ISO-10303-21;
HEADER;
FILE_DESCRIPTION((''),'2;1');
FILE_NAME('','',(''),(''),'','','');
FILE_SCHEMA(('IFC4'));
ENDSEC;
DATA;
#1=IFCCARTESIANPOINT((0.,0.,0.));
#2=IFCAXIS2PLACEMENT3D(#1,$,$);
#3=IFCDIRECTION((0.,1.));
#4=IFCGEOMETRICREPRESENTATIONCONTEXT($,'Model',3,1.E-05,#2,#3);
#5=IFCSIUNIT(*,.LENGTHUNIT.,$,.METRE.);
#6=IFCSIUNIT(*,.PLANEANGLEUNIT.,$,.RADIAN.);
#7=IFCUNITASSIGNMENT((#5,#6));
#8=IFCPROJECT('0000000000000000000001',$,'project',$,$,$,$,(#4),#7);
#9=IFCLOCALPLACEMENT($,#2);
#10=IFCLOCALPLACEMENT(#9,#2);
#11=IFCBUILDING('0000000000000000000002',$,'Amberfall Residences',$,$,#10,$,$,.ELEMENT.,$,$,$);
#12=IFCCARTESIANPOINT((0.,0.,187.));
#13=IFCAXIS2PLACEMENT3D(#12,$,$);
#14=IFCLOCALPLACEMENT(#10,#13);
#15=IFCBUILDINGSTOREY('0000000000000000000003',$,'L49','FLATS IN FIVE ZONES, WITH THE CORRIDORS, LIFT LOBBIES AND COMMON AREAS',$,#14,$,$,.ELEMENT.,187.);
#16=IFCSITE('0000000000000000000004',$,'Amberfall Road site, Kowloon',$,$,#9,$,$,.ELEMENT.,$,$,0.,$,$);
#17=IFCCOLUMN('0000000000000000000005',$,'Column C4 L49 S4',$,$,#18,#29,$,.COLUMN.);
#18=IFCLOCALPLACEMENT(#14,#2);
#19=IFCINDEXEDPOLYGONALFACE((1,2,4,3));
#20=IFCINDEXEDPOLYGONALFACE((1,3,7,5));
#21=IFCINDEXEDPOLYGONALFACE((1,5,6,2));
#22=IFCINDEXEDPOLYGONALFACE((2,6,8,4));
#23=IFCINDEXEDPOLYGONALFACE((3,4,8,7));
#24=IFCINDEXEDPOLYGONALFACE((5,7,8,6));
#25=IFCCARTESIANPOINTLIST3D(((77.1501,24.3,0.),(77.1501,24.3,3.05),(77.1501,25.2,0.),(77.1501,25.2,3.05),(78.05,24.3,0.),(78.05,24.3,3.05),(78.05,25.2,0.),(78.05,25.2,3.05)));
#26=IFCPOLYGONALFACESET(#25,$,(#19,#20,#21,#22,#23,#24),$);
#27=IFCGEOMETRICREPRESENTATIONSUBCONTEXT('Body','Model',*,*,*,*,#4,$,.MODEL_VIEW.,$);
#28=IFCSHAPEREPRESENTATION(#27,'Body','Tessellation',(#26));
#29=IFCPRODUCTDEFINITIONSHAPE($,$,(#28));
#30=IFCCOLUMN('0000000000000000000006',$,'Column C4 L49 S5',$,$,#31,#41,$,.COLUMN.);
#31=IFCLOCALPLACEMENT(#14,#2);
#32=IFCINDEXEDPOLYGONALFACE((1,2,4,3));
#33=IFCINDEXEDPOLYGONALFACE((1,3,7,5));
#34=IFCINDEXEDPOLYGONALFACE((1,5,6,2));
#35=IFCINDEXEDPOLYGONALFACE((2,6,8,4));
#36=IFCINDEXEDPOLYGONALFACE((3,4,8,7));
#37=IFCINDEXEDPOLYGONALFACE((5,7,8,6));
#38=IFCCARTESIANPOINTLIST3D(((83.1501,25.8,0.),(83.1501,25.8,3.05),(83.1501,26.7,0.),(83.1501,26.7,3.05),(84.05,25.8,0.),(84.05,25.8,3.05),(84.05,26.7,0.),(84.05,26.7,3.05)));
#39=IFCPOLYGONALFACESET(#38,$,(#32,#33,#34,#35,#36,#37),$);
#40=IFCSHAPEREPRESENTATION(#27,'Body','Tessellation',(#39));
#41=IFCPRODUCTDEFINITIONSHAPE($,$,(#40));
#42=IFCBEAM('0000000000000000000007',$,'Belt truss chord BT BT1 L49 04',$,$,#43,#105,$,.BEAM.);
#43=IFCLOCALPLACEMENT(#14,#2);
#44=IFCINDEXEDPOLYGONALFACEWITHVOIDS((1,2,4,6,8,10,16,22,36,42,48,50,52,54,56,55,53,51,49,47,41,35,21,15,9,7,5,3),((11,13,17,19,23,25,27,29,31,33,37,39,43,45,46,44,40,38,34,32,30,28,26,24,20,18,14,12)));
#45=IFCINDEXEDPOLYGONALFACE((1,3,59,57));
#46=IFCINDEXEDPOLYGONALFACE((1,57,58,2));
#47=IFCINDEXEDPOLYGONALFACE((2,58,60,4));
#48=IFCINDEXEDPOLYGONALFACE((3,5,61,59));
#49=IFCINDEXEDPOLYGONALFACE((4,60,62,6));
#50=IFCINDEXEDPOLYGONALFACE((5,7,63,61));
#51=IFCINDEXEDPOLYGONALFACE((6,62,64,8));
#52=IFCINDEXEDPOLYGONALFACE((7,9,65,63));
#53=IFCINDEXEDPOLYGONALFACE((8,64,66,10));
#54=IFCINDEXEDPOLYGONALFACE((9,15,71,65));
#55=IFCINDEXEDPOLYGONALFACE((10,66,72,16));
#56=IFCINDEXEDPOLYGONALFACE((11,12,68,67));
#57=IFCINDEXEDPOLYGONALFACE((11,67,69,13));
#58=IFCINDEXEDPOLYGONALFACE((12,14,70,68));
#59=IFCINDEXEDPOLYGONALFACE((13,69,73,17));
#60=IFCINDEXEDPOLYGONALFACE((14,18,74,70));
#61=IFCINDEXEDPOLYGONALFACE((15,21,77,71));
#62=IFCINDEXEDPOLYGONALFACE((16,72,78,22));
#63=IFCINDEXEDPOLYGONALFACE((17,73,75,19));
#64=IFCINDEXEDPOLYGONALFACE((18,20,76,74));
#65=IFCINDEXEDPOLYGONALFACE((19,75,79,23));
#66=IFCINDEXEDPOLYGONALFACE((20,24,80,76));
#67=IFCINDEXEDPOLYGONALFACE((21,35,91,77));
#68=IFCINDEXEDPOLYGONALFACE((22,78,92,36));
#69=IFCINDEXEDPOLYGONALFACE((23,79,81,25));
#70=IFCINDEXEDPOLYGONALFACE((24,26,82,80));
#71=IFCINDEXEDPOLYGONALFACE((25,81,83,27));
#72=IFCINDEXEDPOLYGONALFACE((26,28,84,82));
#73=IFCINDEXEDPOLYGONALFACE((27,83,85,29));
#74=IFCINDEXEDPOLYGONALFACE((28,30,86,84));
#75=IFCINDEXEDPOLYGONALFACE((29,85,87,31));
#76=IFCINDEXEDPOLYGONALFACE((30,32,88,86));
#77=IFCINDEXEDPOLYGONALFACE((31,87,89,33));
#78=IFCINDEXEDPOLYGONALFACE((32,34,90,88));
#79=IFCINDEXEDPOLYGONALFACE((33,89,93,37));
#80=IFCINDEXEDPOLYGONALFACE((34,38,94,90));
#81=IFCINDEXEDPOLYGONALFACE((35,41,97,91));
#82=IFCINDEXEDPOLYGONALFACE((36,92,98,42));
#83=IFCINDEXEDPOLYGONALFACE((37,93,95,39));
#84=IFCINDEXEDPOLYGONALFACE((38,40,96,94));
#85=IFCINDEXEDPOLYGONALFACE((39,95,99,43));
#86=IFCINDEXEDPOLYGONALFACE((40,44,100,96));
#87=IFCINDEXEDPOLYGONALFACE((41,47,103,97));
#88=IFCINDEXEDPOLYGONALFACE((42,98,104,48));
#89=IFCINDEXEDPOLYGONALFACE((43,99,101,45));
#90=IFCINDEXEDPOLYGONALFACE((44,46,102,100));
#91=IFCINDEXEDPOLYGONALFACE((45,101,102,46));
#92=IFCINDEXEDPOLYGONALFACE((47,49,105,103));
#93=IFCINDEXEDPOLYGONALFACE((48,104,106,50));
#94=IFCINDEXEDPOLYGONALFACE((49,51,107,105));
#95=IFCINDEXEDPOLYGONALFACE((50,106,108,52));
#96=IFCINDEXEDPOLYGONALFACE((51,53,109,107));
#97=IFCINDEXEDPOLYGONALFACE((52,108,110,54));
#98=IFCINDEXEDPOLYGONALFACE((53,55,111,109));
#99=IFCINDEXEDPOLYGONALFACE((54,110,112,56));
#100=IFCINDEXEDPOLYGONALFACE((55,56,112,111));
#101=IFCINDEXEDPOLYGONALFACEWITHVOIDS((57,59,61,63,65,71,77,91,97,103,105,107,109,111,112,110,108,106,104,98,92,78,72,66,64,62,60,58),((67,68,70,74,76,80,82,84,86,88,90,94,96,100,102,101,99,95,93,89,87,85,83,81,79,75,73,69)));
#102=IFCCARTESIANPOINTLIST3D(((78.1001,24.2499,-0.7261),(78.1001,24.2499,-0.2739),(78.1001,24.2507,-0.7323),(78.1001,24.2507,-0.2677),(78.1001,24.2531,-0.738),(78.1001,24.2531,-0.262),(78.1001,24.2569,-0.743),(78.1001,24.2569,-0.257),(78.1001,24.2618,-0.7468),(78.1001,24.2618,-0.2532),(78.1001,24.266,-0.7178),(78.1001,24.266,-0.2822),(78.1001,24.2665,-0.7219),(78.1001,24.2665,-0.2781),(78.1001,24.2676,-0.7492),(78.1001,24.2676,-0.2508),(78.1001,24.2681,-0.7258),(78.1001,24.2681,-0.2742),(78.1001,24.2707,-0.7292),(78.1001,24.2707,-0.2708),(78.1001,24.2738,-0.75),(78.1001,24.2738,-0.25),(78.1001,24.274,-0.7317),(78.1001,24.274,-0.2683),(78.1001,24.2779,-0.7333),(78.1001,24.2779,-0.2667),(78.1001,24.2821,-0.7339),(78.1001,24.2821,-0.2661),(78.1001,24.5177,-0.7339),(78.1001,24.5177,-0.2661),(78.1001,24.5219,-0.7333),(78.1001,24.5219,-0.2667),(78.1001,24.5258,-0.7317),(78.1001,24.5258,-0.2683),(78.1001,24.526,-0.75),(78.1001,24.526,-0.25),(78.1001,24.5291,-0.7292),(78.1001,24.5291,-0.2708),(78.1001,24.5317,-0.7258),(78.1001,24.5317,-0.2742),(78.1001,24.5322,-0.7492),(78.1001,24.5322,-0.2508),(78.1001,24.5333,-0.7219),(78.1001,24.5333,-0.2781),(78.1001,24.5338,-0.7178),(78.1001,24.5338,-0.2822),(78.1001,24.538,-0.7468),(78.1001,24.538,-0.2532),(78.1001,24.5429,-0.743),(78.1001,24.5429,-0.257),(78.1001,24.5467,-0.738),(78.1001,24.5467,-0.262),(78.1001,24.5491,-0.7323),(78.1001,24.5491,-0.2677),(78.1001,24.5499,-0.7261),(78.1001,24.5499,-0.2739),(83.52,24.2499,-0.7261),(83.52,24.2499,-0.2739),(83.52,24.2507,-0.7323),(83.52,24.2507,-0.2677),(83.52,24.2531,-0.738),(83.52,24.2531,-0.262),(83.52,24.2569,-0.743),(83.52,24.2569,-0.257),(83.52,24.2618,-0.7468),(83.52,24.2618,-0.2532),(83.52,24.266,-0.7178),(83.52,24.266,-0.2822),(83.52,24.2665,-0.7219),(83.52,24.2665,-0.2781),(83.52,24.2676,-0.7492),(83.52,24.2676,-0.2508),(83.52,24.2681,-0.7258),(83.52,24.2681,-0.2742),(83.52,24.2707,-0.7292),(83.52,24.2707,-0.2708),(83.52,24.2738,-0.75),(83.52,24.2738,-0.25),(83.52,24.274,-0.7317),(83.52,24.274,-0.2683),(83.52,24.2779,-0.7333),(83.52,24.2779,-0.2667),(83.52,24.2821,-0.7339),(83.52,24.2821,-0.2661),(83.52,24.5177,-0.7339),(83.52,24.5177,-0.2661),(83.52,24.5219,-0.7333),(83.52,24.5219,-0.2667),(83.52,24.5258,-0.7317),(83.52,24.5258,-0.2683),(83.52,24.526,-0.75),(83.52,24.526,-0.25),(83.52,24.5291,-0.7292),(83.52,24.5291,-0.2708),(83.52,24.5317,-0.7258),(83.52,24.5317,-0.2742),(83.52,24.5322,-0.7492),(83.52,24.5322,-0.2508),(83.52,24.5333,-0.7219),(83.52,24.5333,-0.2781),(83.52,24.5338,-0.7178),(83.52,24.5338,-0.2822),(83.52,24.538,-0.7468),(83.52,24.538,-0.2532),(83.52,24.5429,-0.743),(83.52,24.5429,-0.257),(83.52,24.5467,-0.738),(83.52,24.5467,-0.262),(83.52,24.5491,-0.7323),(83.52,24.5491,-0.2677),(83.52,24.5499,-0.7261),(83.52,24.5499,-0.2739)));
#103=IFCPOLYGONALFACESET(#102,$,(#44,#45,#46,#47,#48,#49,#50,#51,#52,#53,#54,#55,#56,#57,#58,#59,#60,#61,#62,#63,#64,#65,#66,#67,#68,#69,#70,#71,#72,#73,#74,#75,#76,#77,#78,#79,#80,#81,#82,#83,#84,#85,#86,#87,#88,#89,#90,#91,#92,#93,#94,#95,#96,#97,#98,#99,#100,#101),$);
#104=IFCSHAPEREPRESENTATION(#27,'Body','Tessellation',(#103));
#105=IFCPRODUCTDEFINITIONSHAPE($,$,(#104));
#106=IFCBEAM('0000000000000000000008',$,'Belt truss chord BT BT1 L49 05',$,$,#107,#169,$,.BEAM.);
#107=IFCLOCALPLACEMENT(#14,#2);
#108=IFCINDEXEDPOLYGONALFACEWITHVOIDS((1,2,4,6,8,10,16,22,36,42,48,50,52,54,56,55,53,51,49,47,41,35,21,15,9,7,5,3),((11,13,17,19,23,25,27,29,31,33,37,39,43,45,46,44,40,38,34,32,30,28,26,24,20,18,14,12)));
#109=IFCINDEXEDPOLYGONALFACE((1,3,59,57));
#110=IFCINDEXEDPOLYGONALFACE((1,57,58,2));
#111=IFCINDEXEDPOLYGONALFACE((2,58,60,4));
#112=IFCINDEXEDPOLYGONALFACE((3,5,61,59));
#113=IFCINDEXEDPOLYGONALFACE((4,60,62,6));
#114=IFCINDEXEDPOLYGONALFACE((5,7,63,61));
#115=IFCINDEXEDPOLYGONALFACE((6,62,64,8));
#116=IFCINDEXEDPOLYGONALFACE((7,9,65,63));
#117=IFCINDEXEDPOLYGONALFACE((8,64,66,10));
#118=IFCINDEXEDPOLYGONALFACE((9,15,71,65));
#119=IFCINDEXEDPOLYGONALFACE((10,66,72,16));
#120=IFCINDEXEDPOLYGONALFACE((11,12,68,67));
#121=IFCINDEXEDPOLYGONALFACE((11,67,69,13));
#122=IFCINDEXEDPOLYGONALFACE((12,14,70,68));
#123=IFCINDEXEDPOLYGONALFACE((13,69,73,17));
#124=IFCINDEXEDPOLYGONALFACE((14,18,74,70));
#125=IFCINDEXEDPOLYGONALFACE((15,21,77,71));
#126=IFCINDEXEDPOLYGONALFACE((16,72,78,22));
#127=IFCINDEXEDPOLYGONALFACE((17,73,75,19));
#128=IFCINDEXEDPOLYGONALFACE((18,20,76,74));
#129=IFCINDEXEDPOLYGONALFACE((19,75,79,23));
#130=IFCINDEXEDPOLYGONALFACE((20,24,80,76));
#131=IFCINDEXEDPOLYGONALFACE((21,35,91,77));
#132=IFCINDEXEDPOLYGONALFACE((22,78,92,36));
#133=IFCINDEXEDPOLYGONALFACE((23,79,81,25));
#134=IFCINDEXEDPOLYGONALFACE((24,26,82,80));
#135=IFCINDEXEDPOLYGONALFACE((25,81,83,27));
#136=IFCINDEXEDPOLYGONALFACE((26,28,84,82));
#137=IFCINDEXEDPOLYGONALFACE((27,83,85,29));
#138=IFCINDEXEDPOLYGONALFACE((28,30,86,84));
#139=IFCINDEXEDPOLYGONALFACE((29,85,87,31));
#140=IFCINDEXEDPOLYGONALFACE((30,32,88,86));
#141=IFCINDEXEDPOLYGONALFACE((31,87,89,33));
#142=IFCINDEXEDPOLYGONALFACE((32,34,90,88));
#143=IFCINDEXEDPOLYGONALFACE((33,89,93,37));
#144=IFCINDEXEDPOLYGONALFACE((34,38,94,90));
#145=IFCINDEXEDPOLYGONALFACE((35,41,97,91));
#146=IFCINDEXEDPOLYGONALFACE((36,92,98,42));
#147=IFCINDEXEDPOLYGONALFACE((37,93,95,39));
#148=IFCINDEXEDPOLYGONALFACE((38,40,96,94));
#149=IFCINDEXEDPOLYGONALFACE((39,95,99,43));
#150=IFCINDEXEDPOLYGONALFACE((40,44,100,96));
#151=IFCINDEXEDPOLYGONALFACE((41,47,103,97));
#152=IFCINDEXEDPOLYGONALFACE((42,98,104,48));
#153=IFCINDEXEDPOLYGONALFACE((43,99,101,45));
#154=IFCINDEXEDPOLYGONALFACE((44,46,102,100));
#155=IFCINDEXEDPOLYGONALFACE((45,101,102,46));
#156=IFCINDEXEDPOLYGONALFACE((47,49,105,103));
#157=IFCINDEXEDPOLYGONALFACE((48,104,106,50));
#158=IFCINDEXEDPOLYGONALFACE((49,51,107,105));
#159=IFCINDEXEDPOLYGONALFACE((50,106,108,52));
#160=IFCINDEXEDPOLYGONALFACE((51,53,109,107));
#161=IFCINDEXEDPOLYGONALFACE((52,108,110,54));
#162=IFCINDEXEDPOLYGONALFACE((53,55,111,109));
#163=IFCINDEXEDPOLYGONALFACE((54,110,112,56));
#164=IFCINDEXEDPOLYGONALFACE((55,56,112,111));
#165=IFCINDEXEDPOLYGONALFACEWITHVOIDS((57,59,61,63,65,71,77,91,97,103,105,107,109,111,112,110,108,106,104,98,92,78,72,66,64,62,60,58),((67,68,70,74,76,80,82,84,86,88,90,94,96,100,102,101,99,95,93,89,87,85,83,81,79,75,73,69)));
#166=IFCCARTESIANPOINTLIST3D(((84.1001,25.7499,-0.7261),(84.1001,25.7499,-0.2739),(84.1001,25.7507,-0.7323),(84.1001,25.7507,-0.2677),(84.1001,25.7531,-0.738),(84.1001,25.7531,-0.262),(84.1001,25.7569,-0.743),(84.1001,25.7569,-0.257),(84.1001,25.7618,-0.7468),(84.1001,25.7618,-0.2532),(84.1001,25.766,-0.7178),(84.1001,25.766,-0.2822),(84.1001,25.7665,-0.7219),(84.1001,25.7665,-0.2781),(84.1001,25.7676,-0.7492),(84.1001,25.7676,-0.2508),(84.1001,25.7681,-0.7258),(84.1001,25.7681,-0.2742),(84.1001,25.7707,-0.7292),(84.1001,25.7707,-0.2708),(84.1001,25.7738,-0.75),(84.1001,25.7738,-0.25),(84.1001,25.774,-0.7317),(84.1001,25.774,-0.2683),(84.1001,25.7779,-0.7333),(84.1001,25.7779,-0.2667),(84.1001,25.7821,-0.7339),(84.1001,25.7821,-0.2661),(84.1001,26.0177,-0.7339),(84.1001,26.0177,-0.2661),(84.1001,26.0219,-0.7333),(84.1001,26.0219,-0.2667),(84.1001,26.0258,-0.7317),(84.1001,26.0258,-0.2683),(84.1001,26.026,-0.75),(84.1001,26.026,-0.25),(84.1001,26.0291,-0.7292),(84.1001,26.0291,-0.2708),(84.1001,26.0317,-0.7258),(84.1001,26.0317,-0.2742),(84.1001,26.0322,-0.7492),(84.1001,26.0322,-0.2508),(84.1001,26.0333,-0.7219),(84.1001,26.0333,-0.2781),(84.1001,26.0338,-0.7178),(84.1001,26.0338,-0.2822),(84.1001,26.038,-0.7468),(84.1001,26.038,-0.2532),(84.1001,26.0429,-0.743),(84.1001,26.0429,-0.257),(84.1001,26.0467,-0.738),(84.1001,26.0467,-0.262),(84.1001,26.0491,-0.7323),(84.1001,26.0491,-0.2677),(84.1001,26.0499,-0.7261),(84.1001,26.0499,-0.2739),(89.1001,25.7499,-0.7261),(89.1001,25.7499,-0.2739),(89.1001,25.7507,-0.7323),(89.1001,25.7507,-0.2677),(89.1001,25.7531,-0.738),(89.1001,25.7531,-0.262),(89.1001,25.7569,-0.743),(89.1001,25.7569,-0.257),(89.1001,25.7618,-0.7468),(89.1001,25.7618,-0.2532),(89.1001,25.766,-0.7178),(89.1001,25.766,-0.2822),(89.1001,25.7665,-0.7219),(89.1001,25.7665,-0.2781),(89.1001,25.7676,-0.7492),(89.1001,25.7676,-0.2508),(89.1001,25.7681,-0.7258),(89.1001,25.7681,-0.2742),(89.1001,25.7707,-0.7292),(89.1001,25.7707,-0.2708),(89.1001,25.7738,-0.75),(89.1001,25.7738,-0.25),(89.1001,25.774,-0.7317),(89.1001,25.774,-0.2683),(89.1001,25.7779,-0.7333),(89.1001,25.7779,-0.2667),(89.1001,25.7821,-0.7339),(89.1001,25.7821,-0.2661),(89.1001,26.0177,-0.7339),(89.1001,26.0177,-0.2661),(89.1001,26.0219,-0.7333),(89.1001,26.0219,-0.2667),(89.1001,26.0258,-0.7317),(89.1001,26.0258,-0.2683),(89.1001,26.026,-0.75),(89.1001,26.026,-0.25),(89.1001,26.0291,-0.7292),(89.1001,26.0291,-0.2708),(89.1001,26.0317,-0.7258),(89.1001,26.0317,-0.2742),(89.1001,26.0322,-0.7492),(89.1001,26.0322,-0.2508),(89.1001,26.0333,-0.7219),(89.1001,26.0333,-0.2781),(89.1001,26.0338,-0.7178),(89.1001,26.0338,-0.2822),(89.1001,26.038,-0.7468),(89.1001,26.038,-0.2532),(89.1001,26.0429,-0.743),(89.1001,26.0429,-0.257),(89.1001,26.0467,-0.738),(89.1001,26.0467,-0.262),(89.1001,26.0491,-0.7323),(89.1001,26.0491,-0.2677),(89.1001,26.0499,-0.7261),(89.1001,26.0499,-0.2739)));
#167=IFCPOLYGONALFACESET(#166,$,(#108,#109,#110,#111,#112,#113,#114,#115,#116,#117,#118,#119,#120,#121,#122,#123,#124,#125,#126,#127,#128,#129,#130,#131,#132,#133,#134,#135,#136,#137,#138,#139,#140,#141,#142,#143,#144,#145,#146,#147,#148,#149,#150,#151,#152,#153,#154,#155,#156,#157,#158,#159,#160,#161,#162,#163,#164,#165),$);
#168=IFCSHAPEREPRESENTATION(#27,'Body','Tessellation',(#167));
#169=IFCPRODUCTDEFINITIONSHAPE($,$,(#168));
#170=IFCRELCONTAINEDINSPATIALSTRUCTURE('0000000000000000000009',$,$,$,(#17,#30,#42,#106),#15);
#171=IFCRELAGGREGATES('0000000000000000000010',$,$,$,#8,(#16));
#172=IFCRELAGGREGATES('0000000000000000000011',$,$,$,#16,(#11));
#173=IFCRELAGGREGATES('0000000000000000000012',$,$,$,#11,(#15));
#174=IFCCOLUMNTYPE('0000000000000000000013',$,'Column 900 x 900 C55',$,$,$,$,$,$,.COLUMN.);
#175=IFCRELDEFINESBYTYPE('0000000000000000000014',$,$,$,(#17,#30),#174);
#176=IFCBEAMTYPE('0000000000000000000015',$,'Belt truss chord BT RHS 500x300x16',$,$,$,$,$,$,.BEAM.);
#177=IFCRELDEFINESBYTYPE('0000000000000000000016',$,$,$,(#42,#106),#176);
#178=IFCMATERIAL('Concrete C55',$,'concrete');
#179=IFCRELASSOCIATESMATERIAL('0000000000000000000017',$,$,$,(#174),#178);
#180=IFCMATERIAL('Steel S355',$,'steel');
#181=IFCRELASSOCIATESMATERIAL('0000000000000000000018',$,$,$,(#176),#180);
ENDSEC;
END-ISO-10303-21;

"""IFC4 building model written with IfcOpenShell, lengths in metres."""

from ifc_helpers import new_model, si_unit, direction, frame, origin, origin_2d, place, context, subcontext, project, spatial, rectangle, hollow_rectangle, extrude, material, material_profile, profile_set, type_object, element, save


model = new_model("IFC4")

# Units and contexts
model_context = context("Model", 3, precision=1e-05, world=origin(), true_north=direction((0.0, 1.0)))
body_context = subcontext(model_context, "Body", "Model", "MODEL_VIEW")
ifc_project = project(units=[si_unit("LENGTHUNIT", "METRE"), si_unit("PLANEANGLEUNIT", "RADIAN")], contexts=[model_context])

# Site, building, storey
site_placement = place(None, origin())
site = spatial("IfcSite", under=ifc_project, at=site_placement, Name="Amberfall Road site, Kowloon", CompositionType="ELEMENT", RefElevation=0.0)
building_placement = place(site_placement, origin())
building = spatial("IfcBuilding", under=site, at=building_placement, Name="Amberfall Residences", CompositionType="ELEMENT")
storey_placement = place(building_placement, frame((0.0, 0.0, 187.0)))
storey = spatial("IfcBuildingStorey", under=building, at=storey_placement, Name="L49", Description="FLATS IN FIVE ZONES, WITH THE CORRIDORS, LIFT LOBBIES AND COMMON AREAS", CompositionType="ELEMENT", Elevation=187.0)

# Columns
ifc_material_1 = material(Name="Concrete C55", Category="concrete")
ifc_material_profile_1 = material_profile(ifc_material_1, rectangle(XDim=0.8999, YDim=0.8999, at=origin_2d()), Name="Column 900 x 900 C55")
ifc_profile_set_1 = profile_set([ifc_material_profile_1], Name="Concrete C55")
column_type = type_object("IfcColumnType", Name="Column 900 x 900 C55", PredefinedType="COLUMN", material=ifc_profile_set_1)
for number, where, z_axis, x_axis, name in (
    (1, (77.6001, 24.75, 0.0), (0.0, 0.0, 1.0), (1.0, 0.0, 0.0), "Column C4 L49 S4"),
    (2, (83.6001, 26.25, 0.0), (0.0, 0.0, 1.0), (1.0, 0.0, 0.0), "Column C4 L49 S5"),
):
    element("IfcColumn", number, at=place(storey_placement, frame(where, z_axis=z_axis, x_axis=x_axis)), inside=storey, type_object=column_type, Name=name, PredefinedType="COLUMN", context=body_context, shape_type="SweptSolid", body=[
        extrude(rectangle(XDim=0.8999, YDim=0.8999, at=origin_2d()), origin(), (0.0, 0.0, 1.0), 3.05),
    ])

# Beams
ifc_material_2 = material(Name="Steel S355", Category="steel")
ifc_material_profile_2 = material_profile(ifc_material_2, hollow_rectangle(XDim=0.3, YDim=0.5, WallThickness=0.0161, InnerFilletRadius=0.0161, OuterFilletRadius=0.0239, at=origin_2d()), Name="RHS 500x300x16")
ifc_profile_set_2 = profile_set([ifc_material_profile_2], Name="Steel S355")
beam_type_1 = type_object("IfcBeamType", Name="Belt truss chord BT RHS 500x300x16", PredefinedType="BEAM", material=ifc_profile_set_2)
beam_1_placement = place(storey_placement, frame((78.1001, 24.3999, -0.5), z_axis=(1.0, 0.0, 0.0), x_axis=(0.0, 1.0, 0.0)))
element("IfcBeam", 3, at=beam_1_placement, inside=storey, type_object=beam_type_1, Name="Belt truss chord BT BT1 L49 04", PredefinedType="BEAM", context=body_context, shape_type="SweptSolid", body=[
    extrude(hollow_rectangle(XDim=0.3, YDim=0.5, WallThickness=0.0161, InnerFilletRadius=0.0161, OuterFilletRadius=0.0239, at=origin_2d()), origin(), (0.0, 0.0, 1.0), 5.4199),
])
beam_2_placement = place(storey_placement, frame((84.1001, 25.8999, -0.5), z_axis=(1.0, 0.0, 0.0), x_axis=(0.0, 1.0, 0.0)))
element("IfcBeam", 4, at=beam_2_placement, inside=storey, type_object=beam_type_1, Name="Belt truss chord BT BT1 L49 05", PredefinedType="BEAM", context=body_context, shape_type="SweptSolid", body=[
    extrude(hollow_rectangle(XDim=0.3, YDim=0.5, WallThickness=0.0161, InnerFilletRadius=0.0161, OuterFilletRadius=0.0239, at=origin_2d()), origin(), (0.0, 0.0, 1.0), 5.0),
])

save(model, "model.ifc")
